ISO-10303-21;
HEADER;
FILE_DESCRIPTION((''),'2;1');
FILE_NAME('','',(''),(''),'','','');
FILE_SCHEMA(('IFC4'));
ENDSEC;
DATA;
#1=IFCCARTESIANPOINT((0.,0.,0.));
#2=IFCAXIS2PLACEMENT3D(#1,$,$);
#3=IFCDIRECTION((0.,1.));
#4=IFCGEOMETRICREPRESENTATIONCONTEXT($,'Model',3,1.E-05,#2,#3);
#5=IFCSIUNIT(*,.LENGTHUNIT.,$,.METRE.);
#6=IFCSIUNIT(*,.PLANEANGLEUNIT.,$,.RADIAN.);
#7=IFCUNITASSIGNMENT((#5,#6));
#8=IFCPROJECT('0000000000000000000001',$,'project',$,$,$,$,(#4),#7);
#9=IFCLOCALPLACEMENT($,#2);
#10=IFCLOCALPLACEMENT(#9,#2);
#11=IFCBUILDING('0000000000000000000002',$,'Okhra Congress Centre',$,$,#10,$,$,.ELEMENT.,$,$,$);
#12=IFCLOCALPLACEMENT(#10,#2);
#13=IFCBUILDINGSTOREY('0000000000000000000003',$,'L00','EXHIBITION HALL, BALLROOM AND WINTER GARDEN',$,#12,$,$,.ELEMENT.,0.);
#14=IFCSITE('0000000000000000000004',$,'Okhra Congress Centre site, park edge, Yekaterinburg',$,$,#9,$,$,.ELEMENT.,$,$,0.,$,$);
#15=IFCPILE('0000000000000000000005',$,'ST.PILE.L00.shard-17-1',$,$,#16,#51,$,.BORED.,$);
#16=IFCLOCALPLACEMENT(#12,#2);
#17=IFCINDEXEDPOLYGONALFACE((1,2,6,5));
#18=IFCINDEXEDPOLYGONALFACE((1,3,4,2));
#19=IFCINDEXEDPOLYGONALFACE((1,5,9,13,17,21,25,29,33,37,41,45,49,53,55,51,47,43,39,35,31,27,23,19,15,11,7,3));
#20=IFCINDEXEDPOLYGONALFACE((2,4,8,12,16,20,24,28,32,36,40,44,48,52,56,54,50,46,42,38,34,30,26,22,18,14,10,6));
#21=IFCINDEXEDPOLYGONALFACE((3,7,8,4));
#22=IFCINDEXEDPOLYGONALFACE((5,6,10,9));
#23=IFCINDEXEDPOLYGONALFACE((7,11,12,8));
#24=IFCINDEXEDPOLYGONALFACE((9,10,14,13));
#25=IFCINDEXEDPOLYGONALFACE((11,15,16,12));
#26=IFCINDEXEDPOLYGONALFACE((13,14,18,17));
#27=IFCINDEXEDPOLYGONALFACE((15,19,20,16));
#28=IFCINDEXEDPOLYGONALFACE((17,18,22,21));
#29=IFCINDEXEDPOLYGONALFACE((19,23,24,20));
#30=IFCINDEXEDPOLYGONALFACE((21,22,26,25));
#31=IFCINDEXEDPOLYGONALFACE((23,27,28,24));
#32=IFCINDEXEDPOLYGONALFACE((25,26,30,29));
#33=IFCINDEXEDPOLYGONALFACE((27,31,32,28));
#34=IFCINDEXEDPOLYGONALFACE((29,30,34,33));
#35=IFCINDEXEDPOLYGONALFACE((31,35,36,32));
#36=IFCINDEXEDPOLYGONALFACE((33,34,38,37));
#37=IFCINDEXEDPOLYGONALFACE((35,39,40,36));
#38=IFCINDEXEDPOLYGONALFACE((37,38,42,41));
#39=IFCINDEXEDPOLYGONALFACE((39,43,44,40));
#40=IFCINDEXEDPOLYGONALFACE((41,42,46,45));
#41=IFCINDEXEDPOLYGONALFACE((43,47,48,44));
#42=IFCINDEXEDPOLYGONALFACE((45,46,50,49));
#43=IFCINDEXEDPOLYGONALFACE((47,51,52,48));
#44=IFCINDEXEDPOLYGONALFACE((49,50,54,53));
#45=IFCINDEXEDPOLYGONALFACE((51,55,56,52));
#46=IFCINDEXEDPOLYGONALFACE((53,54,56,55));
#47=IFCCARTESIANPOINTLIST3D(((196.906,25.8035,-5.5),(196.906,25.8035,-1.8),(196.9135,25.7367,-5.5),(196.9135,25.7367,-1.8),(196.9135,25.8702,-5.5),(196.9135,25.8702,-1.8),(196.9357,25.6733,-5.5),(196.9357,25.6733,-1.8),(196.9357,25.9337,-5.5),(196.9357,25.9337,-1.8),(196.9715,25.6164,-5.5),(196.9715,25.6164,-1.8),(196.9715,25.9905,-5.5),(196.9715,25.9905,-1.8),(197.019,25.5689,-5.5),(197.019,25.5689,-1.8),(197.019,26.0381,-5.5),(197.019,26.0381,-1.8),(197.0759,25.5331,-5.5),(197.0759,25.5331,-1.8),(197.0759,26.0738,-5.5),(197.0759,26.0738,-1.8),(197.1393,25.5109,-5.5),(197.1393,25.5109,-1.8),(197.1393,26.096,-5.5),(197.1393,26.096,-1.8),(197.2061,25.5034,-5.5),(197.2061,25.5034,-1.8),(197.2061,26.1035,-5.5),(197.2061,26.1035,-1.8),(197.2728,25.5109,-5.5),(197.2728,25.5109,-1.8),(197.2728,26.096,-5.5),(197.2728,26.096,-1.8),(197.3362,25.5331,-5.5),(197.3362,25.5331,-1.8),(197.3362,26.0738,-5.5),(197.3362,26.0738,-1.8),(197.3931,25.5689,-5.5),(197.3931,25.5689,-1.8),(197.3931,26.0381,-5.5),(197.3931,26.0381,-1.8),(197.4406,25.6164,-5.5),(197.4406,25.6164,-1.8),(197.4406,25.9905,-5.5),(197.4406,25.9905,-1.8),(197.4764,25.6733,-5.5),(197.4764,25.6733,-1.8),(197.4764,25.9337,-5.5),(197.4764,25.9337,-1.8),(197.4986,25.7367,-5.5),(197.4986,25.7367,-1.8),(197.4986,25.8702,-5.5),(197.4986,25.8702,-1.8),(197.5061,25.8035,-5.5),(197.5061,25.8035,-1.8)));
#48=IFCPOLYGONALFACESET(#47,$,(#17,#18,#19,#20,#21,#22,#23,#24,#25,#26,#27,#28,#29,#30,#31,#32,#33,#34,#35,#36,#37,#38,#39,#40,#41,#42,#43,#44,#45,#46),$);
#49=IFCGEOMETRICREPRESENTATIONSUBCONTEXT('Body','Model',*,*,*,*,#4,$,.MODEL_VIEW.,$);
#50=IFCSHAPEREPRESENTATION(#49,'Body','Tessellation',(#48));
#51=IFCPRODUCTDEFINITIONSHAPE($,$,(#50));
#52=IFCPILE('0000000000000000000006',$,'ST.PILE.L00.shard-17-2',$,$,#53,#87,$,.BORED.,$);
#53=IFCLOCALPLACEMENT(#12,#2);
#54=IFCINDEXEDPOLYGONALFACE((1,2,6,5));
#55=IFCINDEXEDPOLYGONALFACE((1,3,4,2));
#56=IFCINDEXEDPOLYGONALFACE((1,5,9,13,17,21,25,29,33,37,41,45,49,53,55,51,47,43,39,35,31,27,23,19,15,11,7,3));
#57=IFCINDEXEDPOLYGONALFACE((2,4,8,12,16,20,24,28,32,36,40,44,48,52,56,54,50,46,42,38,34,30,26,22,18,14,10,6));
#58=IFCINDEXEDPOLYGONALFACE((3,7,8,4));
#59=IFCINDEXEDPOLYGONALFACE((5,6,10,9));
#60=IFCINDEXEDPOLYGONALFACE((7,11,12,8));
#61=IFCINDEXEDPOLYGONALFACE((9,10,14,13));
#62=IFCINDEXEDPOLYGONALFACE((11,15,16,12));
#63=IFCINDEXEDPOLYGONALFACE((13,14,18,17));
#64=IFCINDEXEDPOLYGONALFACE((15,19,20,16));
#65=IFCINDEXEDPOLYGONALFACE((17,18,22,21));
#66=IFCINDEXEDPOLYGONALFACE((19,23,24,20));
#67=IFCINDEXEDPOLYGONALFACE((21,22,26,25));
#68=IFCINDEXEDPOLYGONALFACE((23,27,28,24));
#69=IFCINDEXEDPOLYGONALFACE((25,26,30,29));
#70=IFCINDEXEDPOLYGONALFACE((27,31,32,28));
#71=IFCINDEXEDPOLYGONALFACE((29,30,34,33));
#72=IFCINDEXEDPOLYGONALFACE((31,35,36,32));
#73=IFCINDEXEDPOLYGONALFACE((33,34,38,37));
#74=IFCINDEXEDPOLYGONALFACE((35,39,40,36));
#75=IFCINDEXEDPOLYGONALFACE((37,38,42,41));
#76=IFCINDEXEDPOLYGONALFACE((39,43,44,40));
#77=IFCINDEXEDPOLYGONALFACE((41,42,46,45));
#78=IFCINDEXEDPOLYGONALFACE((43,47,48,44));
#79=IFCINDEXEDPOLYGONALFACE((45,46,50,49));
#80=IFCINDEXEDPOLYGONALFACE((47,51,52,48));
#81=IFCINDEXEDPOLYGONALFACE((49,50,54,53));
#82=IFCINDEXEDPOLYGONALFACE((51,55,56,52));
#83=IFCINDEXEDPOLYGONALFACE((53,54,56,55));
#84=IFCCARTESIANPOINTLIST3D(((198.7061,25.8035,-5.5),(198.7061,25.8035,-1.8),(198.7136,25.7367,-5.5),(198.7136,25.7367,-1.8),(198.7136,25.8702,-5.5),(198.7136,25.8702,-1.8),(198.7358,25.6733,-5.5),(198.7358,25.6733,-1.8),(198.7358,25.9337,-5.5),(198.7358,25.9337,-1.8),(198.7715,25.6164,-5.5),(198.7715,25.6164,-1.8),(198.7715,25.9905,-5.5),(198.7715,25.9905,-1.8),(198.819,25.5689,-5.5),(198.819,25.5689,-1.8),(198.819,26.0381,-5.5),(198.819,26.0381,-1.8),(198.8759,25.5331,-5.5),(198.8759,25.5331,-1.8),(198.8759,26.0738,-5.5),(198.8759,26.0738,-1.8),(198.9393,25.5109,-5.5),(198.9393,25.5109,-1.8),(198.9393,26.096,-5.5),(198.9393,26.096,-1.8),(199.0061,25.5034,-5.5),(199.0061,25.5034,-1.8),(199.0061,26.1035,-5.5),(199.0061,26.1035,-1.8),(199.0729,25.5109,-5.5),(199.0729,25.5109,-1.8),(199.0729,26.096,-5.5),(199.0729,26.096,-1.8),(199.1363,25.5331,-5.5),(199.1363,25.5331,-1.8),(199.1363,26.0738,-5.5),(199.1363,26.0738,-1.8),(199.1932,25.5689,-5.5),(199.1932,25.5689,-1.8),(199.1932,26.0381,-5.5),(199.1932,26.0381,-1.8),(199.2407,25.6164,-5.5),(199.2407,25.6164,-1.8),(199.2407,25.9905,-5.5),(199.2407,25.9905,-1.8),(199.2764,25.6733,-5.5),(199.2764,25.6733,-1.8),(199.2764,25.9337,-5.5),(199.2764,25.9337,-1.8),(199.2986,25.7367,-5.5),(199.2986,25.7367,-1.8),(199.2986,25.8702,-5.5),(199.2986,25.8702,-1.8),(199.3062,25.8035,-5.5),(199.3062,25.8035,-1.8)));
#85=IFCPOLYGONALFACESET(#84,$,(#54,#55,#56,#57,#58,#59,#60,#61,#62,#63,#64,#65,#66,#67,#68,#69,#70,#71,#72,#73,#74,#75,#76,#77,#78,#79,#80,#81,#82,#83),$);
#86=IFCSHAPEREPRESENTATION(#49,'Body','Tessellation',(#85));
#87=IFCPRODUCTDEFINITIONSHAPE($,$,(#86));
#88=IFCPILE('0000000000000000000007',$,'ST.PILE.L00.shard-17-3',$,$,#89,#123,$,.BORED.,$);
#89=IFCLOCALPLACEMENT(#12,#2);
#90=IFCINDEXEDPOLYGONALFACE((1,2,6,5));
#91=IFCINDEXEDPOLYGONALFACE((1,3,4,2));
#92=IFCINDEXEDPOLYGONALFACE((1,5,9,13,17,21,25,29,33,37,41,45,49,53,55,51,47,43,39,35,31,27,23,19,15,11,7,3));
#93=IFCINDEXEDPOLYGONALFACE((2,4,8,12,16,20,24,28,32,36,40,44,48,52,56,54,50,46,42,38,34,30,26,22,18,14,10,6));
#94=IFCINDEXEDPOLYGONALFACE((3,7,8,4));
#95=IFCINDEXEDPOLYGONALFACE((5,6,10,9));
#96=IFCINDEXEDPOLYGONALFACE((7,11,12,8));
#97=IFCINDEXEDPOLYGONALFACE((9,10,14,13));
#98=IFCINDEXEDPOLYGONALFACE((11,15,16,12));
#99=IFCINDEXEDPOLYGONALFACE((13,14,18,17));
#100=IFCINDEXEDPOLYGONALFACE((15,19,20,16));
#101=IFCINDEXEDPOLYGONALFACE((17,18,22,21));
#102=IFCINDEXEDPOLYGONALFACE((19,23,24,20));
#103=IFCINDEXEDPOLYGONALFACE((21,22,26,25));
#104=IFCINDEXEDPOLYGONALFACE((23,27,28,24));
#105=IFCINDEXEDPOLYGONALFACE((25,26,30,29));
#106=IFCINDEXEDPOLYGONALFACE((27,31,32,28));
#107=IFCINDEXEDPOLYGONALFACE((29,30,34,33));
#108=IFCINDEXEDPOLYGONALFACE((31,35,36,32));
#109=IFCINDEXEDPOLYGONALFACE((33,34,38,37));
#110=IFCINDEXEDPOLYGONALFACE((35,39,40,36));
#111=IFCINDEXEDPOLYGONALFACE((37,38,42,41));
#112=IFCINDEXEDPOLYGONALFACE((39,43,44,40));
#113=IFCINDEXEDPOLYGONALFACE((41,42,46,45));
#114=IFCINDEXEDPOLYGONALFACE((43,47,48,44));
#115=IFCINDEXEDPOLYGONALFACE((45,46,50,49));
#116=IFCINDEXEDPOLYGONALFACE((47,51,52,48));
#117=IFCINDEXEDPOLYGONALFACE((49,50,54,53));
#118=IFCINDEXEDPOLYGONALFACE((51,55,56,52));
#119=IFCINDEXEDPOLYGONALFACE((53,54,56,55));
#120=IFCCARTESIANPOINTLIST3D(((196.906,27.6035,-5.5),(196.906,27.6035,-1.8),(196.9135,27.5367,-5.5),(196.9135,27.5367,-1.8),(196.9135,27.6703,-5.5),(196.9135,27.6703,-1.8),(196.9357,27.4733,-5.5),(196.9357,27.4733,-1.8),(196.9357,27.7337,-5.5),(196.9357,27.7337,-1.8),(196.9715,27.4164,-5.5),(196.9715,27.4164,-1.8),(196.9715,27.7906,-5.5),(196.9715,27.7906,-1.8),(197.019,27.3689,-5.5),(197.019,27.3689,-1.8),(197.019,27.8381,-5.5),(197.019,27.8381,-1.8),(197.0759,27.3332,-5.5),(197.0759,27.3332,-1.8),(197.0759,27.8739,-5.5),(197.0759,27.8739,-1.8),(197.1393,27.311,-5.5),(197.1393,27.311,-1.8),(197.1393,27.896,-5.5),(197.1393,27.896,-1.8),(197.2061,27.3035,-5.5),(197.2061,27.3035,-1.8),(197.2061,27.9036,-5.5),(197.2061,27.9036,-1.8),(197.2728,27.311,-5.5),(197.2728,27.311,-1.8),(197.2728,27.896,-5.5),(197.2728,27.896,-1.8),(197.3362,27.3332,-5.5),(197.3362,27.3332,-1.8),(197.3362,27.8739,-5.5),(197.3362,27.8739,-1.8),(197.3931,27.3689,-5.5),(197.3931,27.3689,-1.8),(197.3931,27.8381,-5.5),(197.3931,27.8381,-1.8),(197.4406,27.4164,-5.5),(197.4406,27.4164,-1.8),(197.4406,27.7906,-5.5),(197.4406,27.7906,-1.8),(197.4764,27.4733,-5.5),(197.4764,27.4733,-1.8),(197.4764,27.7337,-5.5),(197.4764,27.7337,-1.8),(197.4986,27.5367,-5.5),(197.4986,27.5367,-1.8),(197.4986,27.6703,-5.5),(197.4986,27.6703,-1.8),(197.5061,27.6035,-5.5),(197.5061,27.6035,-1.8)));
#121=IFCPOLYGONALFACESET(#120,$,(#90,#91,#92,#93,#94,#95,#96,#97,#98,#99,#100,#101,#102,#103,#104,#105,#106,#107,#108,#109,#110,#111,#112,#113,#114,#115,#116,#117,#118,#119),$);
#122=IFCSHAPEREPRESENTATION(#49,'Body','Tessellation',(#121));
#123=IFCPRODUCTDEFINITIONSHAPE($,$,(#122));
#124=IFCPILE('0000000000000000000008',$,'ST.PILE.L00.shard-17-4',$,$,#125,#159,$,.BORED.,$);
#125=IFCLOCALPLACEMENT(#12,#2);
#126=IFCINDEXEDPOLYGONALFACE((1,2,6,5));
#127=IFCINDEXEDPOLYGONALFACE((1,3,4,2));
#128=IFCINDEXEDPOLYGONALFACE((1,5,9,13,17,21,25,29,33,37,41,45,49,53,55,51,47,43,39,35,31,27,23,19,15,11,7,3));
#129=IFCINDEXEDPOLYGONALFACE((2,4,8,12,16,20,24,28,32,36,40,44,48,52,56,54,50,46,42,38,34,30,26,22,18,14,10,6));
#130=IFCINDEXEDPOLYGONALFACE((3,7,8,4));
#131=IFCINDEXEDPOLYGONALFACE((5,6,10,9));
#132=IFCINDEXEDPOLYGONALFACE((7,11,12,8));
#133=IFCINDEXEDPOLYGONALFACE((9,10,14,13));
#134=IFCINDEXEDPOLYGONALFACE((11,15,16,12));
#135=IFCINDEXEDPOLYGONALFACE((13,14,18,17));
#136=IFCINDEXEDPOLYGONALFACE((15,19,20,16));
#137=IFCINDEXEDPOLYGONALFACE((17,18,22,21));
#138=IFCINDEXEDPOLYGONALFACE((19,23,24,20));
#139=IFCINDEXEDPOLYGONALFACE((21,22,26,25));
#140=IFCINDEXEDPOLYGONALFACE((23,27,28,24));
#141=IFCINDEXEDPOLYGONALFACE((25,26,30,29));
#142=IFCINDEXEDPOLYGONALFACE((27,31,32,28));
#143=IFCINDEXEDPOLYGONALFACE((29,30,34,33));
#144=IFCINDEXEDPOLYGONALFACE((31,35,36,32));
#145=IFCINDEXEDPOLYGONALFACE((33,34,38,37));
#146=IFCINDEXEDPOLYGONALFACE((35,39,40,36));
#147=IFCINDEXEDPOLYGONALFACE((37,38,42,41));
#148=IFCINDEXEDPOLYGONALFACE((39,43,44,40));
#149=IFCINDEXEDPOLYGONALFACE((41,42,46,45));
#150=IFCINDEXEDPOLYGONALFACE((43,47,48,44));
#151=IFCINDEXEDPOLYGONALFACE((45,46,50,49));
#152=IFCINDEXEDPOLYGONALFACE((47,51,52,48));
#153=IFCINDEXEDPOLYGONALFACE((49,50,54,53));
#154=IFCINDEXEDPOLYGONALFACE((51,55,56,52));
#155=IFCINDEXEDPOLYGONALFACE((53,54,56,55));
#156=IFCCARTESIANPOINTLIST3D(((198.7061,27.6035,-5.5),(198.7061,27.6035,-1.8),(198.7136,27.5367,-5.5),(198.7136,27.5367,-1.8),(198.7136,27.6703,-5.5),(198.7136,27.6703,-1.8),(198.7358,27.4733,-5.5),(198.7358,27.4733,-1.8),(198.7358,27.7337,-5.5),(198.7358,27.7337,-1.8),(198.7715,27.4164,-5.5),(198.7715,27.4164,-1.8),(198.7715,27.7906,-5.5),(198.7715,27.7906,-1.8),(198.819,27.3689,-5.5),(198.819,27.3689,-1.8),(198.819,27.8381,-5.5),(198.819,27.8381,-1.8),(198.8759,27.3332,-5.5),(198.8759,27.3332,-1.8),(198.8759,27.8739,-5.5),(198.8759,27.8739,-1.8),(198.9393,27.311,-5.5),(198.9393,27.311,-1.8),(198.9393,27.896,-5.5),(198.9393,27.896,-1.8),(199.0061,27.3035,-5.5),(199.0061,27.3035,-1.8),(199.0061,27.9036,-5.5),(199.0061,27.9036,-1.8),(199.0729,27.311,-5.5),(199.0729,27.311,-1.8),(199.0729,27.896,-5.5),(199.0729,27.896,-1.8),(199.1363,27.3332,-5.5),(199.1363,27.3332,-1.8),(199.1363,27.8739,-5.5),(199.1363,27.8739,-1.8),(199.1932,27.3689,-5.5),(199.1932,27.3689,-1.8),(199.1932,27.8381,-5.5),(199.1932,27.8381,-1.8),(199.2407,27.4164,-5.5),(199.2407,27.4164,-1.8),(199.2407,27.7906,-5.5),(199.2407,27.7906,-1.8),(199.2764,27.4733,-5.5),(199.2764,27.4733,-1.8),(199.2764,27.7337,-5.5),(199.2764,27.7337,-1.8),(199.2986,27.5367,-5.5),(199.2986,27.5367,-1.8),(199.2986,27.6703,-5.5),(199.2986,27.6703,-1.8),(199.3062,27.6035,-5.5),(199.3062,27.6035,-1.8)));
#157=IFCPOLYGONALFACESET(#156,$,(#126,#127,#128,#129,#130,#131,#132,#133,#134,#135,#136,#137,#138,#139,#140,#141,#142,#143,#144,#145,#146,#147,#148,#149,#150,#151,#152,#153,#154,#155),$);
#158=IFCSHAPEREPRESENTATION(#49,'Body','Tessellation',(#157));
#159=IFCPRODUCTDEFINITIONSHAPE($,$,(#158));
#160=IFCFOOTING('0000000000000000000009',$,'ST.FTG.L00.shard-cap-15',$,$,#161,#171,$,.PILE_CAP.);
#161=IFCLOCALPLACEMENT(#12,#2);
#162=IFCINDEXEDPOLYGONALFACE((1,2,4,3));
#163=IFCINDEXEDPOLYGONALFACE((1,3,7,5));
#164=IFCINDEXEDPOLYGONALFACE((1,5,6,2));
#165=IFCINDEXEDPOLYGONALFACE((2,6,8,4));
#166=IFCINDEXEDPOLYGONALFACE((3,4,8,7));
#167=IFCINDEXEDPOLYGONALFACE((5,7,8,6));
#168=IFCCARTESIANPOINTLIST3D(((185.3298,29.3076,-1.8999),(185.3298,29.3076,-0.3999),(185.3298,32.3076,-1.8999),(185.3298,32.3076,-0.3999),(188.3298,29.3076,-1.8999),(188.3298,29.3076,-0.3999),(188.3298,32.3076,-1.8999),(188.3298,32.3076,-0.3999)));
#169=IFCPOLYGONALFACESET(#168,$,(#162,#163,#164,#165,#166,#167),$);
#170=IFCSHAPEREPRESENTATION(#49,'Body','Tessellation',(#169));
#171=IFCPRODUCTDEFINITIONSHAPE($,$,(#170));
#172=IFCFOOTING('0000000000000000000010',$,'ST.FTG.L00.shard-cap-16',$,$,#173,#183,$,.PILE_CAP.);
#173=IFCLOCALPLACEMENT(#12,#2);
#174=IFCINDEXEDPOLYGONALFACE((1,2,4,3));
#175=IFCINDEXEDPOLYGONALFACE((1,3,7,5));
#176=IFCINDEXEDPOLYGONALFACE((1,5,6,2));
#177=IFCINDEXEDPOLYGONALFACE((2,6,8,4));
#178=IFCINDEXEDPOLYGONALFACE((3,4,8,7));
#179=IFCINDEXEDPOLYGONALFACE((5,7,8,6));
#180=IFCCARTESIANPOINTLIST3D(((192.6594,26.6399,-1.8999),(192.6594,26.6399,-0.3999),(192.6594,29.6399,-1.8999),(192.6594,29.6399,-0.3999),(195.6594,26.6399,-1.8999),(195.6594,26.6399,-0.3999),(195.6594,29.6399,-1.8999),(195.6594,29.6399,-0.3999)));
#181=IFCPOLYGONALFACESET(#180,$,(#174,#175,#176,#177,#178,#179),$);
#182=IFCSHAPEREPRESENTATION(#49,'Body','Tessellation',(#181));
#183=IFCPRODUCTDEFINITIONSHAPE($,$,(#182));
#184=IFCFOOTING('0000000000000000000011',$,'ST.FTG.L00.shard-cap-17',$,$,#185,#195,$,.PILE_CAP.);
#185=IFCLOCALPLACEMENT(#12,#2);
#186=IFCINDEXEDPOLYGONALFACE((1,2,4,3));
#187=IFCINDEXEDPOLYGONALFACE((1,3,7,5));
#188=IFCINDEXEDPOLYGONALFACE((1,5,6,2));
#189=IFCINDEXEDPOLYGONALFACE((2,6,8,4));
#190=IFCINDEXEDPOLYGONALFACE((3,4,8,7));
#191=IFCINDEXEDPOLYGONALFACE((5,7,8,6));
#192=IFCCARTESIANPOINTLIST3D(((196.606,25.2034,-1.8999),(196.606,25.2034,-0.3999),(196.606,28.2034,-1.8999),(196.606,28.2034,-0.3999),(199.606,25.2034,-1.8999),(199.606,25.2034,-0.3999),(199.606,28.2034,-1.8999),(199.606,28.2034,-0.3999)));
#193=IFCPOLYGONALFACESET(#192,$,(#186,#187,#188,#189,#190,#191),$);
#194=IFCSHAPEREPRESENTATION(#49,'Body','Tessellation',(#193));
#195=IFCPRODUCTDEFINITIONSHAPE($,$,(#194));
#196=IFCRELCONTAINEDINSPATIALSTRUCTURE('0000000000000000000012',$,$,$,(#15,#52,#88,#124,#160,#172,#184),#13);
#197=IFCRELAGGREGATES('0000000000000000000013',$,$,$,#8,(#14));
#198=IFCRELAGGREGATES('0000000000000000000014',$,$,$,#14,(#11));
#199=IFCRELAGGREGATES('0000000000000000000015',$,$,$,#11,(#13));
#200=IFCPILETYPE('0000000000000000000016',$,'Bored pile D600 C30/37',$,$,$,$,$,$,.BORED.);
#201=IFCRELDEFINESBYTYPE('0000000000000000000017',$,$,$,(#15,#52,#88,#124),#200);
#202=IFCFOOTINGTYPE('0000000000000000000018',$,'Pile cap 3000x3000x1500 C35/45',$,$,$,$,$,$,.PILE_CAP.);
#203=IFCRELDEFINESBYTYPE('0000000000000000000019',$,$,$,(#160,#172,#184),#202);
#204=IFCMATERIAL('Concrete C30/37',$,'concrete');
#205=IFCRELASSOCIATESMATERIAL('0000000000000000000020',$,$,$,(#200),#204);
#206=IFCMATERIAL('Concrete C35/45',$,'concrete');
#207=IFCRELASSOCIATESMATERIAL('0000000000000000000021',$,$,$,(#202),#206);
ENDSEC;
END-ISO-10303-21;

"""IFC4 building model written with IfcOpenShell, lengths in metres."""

from ifc_helpers import new_model, si_unit, direction, frame, origin, origin_2d, place, context, subcontext, project, spatial, rectangle, circle, extrude, material, material_profile, profile_set, type_object, element, save


model = new_model("IFC4")

# Units and contexts
model_context = context("Model", 3, precision=1e-05, world=origin(), true_north=direction((0.0, 1.0)))
body_context = subcontext(model_context, "Body", "Model", "MODEL_VIEW")
ifc_project = project(units=[si_unit("LENGTHUNIT", "METRE"), si_unit("PLANEANGLEUNIT", "RADIAN")], contexts=[model_context])

# Site, building, storey
site_placement = place(None, origin())
site = spatial("IfcSite", under=ifc_project, at=site_placement, Name="Okhra Congress Centre site, park edge, Yekaterinburg", CompositionType="ELEMENT", RefElevation=0.0)
building_placement = place(site_placement, origin())
building = spatial("IfcBuilding", under=site, at=building_placement, Name="Okhra Congress Centre", CompositionType="ELEMENT")
storey_placement = place(building_placement, origin())
storey = spatial("IfcBuildingStorey", under=building, at=storey_placement, Name="L00", Description="EXHIBITION HALL, BALLROOM AND WINTER GARDEN", CompositionType="ELEMENT", Elevation=0.0)

# Piles
ifc_material_1 = material(Name="Concrete C30/37", Category="concrete")
ifc_material_profile_1 = material_profile(ifc_material_1, circle(Radius=0.3, at=origin_2d()), Name="D600")
ifc_profile_set_1 = profile_set([ifc_material_profile_1], Name="Concrete C30/37")
pile_type = type_object("IfcPileType", Name="Bored pile D600 C30/37", PredefinedType="BORED", material=ifc_profile_set_1)
for number, where, z_axis, x_axis, name in (
    (1, (197.2061, 25.8035, -1.8), (0.0, 0.0, -1.0), (1.0, 0.0, 0.0), "ST.PILE.L00.shard-17-1"),
    (2, (199.0061, 25.8035, -1.8), (0.0, 0.0, -1.0), (1.0, 0.0, 0.0), "ST.PILE.L00.shard-17-2"),
    (3, (197.2061, 27.6035, -1.8), (0.0, 0.0, -1.0), (1.0, 0.0, 0.0), "ST.PILE.L00.shard-17-3"),
    (4, (199.0061, 27.6035, -1.8), (0.0, 0.0, -1.0), (1.0, 0.0, 0.0), "ST.PILE.L00.shard-17-4"),
):
    element("IfcPile", number, at=place(storey_placement, frame(where, z_axis=z_axis, x_axis=x_axis)), inside=storey, type_object=pile_type, Name=name, PredefinedType="BORED", context=body_context, shape_type="SweptSolid", body=[
        extrude(circle(Radius=0.3, at=origin_2d()), origin(), (0.0, 0.0, 1.0), 3.7),
    ])

# Footings
ifc_material_2 = material(Name="Concrete C35/45", Category="concrete")
footing_type = type_object("IfcFootingType", Name="Pile cap 3000x3000x1500 C35/45", PredefinedType="PILE_CAP", material=ifc_material_2)
for number, where, z_axis, x_axis, name in (
    (5, (186.8298, 30.8076, -1.8999), (0.0, 0.0, 1.0), (1.0, 0.0, 0.0), "ST.FTG.L00.shard-cap-15"),
    (6, (194.1594, 28.1399, -1.8999), (0.0, 0.0, 1.0), (1.0, 0.0, 0.0), "ST.FTG.L00.shard-cap-16"),
    (7, (198.106, 26.7034, -1.8999), (0.0, 0.0, 1.0), (1.0, 0.0, 0.0), "ST.FTG.L00.shard-cap-17"),
):
    element("IfcFooting", number, at=place(storey_placement, frame(where, z_axis=z_axis, x_axis=x_axis)), inside=storey, type_object=footing_type, Name=name, PredefinedType="PILE_CAP", context=body_context, shape_type="SweptSolid", body=[
        extrude(rectangle(XDim=3.0, YDim=3.0, at=origin_2d()), origin(), (0.0, 0.0, 1.0), 1.5),
    ])

save(model, "model.ifc")
